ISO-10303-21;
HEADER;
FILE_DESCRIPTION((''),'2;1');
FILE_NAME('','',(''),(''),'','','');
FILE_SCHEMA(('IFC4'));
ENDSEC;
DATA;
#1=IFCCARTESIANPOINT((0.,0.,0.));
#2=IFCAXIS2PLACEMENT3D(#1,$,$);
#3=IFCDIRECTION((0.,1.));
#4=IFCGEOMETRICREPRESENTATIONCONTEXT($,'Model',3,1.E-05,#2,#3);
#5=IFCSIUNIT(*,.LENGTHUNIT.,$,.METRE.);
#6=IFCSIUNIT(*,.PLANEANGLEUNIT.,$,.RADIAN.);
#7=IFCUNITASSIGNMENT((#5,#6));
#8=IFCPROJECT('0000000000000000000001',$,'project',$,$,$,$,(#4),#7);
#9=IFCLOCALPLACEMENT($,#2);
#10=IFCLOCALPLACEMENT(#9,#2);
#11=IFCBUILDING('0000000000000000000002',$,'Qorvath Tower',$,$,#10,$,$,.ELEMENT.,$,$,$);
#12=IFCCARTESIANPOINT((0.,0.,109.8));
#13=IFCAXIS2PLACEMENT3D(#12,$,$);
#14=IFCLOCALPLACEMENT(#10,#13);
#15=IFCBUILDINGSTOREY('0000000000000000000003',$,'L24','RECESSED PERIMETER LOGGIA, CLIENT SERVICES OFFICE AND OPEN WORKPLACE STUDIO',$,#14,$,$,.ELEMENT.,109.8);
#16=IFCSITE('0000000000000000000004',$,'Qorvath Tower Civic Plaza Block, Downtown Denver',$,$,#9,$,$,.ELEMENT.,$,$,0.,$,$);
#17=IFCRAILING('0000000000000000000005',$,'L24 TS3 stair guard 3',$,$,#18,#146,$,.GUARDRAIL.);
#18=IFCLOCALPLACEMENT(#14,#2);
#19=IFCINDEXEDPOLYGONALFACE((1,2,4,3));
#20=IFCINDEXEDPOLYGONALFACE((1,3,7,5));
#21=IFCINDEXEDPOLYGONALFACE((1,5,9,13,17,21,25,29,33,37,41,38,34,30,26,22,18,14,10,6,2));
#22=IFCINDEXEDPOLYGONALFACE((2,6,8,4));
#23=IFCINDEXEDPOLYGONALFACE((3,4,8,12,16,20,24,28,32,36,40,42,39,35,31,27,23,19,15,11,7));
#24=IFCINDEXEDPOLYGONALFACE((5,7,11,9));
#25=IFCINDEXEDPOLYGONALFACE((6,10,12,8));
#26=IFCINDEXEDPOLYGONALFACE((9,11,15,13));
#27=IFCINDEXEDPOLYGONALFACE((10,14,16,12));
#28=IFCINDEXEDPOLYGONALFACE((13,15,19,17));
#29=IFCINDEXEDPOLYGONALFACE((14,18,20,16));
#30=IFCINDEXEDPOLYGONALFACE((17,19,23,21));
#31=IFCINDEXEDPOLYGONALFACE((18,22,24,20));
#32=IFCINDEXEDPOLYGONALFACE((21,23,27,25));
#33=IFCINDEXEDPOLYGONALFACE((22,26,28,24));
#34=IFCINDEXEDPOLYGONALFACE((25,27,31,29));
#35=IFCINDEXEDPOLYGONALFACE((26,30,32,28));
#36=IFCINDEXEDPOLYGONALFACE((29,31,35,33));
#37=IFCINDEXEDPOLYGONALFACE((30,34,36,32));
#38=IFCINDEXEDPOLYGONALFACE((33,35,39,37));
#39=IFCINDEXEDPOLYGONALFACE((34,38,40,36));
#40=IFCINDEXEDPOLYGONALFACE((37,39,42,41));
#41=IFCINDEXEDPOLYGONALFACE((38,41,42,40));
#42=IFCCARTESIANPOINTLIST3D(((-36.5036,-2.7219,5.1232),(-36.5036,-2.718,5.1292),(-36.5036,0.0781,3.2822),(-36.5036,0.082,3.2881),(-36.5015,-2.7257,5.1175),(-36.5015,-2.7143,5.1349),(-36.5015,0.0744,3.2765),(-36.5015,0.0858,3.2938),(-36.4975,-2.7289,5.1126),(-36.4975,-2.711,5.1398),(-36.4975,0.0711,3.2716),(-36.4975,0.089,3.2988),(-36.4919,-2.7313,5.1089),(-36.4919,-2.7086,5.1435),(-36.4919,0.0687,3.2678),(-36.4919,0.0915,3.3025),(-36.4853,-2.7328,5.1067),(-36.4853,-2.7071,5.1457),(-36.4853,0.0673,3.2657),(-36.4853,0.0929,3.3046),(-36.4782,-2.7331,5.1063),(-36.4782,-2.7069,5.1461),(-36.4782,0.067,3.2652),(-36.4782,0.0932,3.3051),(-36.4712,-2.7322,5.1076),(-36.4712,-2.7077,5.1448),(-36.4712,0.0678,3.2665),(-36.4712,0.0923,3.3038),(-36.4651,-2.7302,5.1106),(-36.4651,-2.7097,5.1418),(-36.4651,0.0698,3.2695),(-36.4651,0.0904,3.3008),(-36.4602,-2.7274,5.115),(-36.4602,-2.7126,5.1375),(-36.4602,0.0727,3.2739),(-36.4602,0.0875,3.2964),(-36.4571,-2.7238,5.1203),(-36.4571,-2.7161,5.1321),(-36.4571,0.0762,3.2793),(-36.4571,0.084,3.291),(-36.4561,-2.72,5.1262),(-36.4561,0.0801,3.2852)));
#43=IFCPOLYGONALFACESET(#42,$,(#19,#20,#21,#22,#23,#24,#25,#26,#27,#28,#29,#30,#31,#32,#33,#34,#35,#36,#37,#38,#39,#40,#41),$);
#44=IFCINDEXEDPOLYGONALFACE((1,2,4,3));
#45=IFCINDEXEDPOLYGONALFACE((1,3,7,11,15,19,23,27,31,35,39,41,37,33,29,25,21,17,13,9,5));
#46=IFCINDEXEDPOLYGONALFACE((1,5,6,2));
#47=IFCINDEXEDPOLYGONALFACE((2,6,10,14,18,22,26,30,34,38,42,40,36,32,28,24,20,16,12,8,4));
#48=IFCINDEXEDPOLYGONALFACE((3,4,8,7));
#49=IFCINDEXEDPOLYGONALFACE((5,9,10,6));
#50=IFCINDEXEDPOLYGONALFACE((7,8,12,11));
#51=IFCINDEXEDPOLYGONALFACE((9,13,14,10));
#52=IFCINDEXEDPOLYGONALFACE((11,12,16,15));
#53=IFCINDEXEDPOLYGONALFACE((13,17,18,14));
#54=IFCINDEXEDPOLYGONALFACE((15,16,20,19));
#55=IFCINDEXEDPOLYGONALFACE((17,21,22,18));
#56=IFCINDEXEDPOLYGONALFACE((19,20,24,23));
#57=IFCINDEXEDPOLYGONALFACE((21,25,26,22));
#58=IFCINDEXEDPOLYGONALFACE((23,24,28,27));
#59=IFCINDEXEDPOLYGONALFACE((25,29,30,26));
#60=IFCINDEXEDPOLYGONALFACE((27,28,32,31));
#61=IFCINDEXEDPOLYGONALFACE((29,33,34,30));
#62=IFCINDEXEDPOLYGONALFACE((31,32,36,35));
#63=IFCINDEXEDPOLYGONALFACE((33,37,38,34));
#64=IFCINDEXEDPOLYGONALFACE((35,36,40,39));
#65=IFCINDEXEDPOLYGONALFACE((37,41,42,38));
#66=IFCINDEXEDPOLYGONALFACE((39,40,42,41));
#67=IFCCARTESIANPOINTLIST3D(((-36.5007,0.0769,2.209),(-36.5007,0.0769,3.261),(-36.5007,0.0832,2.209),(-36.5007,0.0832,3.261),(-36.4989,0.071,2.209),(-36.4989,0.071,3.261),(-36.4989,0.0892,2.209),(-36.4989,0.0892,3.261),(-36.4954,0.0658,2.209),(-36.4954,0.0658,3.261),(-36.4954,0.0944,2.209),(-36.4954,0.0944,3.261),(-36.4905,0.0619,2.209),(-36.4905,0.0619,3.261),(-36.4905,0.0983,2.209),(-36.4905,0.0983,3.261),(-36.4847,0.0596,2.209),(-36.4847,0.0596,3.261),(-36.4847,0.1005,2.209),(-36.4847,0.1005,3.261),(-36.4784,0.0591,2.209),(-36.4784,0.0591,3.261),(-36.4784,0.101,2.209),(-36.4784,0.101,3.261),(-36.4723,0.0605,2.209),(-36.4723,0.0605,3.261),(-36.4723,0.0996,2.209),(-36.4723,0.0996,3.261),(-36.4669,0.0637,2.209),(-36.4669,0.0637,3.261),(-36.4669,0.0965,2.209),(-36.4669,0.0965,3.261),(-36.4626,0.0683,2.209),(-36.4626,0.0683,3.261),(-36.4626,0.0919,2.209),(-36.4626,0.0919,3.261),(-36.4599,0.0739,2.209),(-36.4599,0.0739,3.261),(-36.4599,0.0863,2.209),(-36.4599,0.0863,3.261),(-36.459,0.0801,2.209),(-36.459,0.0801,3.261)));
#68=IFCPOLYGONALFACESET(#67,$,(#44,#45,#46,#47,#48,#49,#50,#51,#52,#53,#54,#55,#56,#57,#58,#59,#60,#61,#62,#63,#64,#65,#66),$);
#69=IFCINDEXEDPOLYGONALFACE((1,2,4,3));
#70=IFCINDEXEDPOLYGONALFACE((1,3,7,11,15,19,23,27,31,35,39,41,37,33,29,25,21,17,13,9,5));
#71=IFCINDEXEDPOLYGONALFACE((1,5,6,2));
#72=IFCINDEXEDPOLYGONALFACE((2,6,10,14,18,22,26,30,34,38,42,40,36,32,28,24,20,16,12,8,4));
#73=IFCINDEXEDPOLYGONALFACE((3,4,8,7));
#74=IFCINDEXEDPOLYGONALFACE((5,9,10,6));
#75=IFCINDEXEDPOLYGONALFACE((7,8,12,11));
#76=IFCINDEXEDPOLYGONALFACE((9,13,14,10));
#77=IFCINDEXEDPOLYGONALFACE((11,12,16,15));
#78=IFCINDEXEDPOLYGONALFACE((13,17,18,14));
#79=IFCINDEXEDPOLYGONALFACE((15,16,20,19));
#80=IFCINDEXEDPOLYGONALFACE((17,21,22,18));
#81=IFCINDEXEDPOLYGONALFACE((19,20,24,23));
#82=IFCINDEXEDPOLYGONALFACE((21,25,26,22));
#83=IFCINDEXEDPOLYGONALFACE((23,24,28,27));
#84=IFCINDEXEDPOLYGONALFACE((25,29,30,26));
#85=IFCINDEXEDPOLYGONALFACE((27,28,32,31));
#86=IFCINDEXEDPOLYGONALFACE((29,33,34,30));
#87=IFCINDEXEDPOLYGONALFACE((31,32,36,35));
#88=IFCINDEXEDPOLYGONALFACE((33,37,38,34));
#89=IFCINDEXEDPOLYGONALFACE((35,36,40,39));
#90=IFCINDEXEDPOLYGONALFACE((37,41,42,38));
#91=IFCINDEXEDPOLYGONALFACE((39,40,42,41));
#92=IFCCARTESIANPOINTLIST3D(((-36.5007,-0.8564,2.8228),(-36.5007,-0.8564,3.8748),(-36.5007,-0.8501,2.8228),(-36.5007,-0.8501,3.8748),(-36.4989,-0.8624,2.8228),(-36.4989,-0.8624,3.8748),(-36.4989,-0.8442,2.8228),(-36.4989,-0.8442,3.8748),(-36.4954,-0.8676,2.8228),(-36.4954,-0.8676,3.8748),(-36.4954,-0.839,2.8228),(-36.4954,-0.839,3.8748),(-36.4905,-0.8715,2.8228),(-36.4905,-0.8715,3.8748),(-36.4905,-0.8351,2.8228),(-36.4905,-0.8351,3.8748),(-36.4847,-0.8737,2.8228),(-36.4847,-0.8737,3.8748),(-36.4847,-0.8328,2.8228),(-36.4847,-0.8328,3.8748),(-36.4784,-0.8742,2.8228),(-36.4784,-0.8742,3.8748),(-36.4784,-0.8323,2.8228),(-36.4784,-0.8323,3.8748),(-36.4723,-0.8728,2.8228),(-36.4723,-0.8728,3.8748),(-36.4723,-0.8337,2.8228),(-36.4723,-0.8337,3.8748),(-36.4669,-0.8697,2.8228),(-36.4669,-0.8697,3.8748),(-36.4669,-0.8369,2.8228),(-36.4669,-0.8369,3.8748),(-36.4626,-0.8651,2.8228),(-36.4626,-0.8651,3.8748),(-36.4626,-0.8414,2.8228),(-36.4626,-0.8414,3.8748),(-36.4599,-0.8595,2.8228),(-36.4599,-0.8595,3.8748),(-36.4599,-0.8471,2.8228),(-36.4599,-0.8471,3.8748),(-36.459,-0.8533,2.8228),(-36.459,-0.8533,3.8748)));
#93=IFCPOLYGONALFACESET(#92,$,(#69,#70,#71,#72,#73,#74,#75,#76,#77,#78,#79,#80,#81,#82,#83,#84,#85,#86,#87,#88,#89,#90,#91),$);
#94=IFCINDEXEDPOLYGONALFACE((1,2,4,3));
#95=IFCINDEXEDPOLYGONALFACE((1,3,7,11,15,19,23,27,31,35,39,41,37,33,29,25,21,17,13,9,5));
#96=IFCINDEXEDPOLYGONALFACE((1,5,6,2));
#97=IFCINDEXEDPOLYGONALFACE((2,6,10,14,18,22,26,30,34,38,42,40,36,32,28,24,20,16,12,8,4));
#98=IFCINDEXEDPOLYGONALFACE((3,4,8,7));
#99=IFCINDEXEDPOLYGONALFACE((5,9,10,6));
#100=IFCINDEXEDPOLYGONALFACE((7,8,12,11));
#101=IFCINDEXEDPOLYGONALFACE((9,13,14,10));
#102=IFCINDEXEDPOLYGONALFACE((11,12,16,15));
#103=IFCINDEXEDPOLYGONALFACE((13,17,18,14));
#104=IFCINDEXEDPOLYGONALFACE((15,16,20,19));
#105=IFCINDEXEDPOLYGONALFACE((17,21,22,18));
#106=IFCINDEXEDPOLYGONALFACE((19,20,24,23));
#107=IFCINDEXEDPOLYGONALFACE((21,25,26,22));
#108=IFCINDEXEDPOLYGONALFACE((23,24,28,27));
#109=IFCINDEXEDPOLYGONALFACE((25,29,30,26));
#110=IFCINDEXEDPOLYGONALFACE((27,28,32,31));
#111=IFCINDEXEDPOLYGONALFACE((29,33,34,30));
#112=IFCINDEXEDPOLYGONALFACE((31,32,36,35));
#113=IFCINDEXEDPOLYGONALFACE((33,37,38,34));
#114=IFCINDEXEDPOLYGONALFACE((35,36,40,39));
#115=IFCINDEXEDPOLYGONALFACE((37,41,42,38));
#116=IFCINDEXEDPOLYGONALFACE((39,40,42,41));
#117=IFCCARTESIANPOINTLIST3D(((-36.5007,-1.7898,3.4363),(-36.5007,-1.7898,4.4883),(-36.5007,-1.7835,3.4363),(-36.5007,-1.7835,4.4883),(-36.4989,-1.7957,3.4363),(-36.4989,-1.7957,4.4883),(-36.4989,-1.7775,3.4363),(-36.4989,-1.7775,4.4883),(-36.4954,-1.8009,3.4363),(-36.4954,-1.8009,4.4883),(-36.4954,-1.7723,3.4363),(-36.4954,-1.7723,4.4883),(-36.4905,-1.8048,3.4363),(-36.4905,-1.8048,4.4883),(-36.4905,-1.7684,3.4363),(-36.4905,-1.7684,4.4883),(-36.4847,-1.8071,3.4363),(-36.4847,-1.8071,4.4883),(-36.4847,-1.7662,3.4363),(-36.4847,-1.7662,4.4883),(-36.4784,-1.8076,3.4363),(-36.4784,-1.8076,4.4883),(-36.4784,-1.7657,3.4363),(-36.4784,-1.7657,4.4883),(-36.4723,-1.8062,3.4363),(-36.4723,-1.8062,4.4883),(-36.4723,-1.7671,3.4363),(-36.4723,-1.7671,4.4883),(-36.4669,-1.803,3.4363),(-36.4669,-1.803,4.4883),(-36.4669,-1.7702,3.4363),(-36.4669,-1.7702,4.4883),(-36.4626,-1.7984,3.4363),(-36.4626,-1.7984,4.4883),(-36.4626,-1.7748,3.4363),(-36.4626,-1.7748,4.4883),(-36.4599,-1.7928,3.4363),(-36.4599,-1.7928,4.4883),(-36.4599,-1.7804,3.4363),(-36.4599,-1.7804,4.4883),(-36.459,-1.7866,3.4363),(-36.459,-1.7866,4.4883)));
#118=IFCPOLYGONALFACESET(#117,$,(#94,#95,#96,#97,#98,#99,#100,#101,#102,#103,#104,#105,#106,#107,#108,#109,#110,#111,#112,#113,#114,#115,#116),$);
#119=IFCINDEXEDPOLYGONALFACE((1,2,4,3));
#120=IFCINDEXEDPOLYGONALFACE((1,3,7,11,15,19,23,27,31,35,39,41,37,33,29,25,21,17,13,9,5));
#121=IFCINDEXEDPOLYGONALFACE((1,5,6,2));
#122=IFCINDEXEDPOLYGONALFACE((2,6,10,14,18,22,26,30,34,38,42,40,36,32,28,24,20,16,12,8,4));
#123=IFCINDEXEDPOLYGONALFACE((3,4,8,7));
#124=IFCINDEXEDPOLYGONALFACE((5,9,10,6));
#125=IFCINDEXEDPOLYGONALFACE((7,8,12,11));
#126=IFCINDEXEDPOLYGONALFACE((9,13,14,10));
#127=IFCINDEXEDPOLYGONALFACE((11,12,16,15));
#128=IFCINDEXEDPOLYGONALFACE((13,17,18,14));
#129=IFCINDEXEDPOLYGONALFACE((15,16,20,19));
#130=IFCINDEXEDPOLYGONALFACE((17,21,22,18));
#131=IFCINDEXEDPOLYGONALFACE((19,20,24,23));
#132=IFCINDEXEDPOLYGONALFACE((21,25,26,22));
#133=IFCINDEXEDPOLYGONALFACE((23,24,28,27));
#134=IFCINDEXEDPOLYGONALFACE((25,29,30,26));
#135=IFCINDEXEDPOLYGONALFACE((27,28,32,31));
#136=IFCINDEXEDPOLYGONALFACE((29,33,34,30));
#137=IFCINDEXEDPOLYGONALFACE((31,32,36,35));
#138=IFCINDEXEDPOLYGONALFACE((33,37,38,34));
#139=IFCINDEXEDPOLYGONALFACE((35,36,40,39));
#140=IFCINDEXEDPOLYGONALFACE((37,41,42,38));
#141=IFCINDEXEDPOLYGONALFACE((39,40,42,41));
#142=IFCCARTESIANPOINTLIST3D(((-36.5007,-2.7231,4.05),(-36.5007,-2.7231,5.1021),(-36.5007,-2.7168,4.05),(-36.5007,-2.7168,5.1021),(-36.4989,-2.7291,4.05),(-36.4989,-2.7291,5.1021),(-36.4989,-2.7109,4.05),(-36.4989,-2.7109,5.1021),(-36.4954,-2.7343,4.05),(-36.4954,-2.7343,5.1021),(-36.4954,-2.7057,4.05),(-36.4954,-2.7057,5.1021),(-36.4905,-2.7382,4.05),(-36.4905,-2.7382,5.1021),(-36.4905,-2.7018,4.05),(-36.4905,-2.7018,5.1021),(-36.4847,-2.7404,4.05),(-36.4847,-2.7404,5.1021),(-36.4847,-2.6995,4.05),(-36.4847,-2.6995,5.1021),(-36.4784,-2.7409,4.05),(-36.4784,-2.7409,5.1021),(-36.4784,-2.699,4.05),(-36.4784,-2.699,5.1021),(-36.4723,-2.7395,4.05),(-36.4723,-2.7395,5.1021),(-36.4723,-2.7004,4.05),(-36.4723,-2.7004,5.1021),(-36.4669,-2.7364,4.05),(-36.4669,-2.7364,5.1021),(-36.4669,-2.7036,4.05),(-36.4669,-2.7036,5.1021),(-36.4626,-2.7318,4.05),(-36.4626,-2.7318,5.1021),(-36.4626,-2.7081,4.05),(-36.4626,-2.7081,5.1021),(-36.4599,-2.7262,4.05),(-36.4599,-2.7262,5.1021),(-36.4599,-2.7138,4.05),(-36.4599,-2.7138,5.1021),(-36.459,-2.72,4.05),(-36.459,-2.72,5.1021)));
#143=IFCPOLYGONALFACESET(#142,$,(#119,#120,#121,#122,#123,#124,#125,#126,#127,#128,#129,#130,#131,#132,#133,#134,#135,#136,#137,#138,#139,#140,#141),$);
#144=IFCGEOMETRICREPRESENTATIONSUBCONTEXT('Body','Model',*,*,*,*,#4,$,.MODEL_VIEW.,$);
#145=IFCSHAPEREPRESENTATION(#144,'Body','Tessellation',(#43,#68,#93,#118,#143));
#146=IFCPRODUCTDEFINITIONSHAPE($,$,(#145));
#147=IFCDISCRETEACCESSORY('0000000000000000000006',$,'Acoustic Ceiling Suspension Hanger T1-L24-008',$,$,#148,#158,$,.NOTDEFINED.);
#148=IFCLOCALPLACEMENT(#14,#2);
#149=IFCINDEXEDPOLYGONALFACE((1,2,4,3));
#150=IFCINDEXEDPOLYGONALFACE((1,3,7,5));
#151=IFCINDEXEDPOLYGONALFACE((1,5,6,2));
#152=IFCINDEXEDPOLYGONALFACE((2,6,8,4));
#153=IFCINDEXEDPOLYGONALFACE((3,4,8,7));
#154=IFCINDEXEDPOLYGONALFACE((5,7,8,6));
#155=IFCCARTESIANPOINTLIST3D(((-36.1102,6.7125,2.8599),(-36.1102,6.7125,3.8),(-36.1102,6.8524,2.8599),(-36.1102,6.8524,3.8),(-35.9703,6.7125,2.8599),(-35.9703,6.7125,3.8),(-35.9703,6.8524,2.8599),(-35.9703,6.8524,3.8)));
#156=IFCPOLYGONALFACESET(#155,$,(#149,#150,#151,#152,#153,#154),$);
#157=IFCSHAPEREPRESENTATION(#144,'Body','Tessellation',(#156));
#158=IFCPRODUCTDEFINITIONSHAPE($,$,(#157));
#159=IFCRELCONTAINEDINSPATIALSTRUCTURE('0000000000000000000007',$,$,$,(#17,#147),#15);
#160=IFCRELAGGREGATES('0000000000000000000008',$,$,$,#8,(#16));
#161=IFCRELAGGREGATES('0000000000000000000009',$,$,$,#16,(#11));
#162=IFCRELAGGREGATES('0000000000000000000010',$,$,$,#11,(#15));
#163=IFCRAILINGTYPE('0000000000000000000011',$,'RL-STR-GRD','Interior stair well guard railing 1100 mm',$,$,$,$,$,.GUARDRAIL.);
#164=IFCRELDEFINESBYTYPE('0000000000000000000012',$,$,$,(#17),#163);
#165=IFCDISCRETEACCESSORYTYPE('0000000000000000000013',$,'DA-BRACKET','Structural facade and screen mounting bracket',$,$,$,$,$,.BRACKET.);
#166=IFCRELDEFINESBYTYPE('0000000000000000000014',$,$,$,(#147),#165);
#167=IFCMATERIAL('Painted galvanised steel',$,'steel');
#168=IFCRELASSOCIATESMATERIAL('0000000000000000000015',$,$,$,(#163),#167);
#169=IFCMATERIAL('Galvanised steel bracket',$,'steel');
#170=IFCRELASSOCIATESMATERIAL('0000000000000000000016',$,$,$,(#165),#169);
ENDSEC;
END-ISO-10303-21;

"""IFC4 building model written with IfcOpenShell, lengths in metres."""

from ifc_helpers import new_model, si_unit, direction, frame, origin, origin_2d, place, context, subcontext, project, spatial, rectangle, circle, extrude, material, type_object, element, save


model = new_model("IFC4")

# Units and contexts
model_context = context("Model", 3, precision=1e-05, world=origin(), true_north=direction((0.0, 1.0)))
body_context = subcontext(model_context, "Body", "Model", "MODEL_VIEW")
ifc_project = project(units=[si_unit("LENGTHUNIT", "METRE"), si_unit("PLANEANGLEUNIT", "RADIAN")], contexts=[model_context])

# Site, building, storey
site_placement = place(None, origin())
site = spatial("IfcSite", under=ifc_project, at=site_placement, Name="Qorvath Tower Civic Plaza Block, Downtown Denver", CompositionType="ELEMENT", RefElevation=0.0)
building_placement = place(site_placement, origin())
building = spatial("IfcBuilding", under=site, at=building_placement, Name="Qorvath Tower", CompositionType="ELEMENT")
storey_placement = place(building_placement, frame((0.0, 0.0, 109.8)))
storey = spatial("IfcBuildingStorey", under=building, at=storey_placement, Name="L24", Description="RECESSED PERIMETER LOGGIA, CLIENT SERVICES OFFICE AND OPEN WORKPLACE STUDIO", CompositionType="ELEMENT", Elevation=109.8)

# Railing
ifc_material_1 = material(Name="Painted galvanised steel", Category="steel")
railing_type = type_object("IfcRailingType", Name="RL-STR-GRD", Description="Interior stair well guard railing 1100 mm", PredefinedType="GUARDRAIL", material=ifc_material_1)
railing_1_placement = place(storey_placement, frame((-36.48, 0.0801, 2.209)))
element("IfcRailing", 1, at=railing_1_placement, inside=storey, type_object=railing_type, Name="L24 TS3 stair guard 3", PredefinedType="GUARDRAIL", context=body_context, shape_type="SweptSolid", body=[
    extrude(circle(Radius=0.0239, at=origin_2d()), frame((0.0, 0.0, 1.0762), z_axis=(0.0, -0.835564, 0.549393), x_axis=(1.0, 0.0, 0.0)), (0.0, 0.0, 1.0), 3.3511),
    extrude(circle(Radius=0.021, at=origin_2d()), origin(), (0.0, 0.0, 1.0), 1.052),
    extrude(circle(Radius=0.021, at=origin_2d()), frame((0.0, -0.9333, 0.6138)), (0.0, 0.0, 1.0), 1.052),
    extrude(circle(Radius=0.021, at=origin_2d()), frame((0.0, -1.8667, 1.2273)), (0.0, 0.0, 1.0), 1.052),
    extrude(circle(Radius=0.021, at=origin_2d()), frame((0.0, -2.8, 1.8411)), (0.0, 0.0, 1.0), 1.052),
])

# Discrete accessory
ifc_material_2 = material(Name="Galvanised steel bracket", Category="steel")
discrete_accessory_type = type_object("IfcDiscreteAccessoryType", Name="DA-BRACKET", Description="Structural facade and screen mounting bracket", PredefinedType="BRACKET", material=ifc_material_2)
discrete_accessory_placement = place(storey_placement, frame((-36.0403, 6.7825, 2.8599), z_axis=(0.0, 0.0, 1.0), x_axis=(1.0, 0.0, 0.0)))
element("IfcDiscreteAccessory", 2, at=discrete_accessory_placement, inside=storey, type_object=discrete_accessory_type, Name="Acoustic Ceiling Suspension Hanger T1-L24-008", PredefinedType="NOTDEFINED", context=body_context, shape_type="SweptSolid", body=[
    extrude(rectangle(XDim=0.1399, YDim=0.1399, at=origin_2d()), origin(), (0.0, 0.0, 1.0), 0.9402),
])

save(model, "model.ifc")
